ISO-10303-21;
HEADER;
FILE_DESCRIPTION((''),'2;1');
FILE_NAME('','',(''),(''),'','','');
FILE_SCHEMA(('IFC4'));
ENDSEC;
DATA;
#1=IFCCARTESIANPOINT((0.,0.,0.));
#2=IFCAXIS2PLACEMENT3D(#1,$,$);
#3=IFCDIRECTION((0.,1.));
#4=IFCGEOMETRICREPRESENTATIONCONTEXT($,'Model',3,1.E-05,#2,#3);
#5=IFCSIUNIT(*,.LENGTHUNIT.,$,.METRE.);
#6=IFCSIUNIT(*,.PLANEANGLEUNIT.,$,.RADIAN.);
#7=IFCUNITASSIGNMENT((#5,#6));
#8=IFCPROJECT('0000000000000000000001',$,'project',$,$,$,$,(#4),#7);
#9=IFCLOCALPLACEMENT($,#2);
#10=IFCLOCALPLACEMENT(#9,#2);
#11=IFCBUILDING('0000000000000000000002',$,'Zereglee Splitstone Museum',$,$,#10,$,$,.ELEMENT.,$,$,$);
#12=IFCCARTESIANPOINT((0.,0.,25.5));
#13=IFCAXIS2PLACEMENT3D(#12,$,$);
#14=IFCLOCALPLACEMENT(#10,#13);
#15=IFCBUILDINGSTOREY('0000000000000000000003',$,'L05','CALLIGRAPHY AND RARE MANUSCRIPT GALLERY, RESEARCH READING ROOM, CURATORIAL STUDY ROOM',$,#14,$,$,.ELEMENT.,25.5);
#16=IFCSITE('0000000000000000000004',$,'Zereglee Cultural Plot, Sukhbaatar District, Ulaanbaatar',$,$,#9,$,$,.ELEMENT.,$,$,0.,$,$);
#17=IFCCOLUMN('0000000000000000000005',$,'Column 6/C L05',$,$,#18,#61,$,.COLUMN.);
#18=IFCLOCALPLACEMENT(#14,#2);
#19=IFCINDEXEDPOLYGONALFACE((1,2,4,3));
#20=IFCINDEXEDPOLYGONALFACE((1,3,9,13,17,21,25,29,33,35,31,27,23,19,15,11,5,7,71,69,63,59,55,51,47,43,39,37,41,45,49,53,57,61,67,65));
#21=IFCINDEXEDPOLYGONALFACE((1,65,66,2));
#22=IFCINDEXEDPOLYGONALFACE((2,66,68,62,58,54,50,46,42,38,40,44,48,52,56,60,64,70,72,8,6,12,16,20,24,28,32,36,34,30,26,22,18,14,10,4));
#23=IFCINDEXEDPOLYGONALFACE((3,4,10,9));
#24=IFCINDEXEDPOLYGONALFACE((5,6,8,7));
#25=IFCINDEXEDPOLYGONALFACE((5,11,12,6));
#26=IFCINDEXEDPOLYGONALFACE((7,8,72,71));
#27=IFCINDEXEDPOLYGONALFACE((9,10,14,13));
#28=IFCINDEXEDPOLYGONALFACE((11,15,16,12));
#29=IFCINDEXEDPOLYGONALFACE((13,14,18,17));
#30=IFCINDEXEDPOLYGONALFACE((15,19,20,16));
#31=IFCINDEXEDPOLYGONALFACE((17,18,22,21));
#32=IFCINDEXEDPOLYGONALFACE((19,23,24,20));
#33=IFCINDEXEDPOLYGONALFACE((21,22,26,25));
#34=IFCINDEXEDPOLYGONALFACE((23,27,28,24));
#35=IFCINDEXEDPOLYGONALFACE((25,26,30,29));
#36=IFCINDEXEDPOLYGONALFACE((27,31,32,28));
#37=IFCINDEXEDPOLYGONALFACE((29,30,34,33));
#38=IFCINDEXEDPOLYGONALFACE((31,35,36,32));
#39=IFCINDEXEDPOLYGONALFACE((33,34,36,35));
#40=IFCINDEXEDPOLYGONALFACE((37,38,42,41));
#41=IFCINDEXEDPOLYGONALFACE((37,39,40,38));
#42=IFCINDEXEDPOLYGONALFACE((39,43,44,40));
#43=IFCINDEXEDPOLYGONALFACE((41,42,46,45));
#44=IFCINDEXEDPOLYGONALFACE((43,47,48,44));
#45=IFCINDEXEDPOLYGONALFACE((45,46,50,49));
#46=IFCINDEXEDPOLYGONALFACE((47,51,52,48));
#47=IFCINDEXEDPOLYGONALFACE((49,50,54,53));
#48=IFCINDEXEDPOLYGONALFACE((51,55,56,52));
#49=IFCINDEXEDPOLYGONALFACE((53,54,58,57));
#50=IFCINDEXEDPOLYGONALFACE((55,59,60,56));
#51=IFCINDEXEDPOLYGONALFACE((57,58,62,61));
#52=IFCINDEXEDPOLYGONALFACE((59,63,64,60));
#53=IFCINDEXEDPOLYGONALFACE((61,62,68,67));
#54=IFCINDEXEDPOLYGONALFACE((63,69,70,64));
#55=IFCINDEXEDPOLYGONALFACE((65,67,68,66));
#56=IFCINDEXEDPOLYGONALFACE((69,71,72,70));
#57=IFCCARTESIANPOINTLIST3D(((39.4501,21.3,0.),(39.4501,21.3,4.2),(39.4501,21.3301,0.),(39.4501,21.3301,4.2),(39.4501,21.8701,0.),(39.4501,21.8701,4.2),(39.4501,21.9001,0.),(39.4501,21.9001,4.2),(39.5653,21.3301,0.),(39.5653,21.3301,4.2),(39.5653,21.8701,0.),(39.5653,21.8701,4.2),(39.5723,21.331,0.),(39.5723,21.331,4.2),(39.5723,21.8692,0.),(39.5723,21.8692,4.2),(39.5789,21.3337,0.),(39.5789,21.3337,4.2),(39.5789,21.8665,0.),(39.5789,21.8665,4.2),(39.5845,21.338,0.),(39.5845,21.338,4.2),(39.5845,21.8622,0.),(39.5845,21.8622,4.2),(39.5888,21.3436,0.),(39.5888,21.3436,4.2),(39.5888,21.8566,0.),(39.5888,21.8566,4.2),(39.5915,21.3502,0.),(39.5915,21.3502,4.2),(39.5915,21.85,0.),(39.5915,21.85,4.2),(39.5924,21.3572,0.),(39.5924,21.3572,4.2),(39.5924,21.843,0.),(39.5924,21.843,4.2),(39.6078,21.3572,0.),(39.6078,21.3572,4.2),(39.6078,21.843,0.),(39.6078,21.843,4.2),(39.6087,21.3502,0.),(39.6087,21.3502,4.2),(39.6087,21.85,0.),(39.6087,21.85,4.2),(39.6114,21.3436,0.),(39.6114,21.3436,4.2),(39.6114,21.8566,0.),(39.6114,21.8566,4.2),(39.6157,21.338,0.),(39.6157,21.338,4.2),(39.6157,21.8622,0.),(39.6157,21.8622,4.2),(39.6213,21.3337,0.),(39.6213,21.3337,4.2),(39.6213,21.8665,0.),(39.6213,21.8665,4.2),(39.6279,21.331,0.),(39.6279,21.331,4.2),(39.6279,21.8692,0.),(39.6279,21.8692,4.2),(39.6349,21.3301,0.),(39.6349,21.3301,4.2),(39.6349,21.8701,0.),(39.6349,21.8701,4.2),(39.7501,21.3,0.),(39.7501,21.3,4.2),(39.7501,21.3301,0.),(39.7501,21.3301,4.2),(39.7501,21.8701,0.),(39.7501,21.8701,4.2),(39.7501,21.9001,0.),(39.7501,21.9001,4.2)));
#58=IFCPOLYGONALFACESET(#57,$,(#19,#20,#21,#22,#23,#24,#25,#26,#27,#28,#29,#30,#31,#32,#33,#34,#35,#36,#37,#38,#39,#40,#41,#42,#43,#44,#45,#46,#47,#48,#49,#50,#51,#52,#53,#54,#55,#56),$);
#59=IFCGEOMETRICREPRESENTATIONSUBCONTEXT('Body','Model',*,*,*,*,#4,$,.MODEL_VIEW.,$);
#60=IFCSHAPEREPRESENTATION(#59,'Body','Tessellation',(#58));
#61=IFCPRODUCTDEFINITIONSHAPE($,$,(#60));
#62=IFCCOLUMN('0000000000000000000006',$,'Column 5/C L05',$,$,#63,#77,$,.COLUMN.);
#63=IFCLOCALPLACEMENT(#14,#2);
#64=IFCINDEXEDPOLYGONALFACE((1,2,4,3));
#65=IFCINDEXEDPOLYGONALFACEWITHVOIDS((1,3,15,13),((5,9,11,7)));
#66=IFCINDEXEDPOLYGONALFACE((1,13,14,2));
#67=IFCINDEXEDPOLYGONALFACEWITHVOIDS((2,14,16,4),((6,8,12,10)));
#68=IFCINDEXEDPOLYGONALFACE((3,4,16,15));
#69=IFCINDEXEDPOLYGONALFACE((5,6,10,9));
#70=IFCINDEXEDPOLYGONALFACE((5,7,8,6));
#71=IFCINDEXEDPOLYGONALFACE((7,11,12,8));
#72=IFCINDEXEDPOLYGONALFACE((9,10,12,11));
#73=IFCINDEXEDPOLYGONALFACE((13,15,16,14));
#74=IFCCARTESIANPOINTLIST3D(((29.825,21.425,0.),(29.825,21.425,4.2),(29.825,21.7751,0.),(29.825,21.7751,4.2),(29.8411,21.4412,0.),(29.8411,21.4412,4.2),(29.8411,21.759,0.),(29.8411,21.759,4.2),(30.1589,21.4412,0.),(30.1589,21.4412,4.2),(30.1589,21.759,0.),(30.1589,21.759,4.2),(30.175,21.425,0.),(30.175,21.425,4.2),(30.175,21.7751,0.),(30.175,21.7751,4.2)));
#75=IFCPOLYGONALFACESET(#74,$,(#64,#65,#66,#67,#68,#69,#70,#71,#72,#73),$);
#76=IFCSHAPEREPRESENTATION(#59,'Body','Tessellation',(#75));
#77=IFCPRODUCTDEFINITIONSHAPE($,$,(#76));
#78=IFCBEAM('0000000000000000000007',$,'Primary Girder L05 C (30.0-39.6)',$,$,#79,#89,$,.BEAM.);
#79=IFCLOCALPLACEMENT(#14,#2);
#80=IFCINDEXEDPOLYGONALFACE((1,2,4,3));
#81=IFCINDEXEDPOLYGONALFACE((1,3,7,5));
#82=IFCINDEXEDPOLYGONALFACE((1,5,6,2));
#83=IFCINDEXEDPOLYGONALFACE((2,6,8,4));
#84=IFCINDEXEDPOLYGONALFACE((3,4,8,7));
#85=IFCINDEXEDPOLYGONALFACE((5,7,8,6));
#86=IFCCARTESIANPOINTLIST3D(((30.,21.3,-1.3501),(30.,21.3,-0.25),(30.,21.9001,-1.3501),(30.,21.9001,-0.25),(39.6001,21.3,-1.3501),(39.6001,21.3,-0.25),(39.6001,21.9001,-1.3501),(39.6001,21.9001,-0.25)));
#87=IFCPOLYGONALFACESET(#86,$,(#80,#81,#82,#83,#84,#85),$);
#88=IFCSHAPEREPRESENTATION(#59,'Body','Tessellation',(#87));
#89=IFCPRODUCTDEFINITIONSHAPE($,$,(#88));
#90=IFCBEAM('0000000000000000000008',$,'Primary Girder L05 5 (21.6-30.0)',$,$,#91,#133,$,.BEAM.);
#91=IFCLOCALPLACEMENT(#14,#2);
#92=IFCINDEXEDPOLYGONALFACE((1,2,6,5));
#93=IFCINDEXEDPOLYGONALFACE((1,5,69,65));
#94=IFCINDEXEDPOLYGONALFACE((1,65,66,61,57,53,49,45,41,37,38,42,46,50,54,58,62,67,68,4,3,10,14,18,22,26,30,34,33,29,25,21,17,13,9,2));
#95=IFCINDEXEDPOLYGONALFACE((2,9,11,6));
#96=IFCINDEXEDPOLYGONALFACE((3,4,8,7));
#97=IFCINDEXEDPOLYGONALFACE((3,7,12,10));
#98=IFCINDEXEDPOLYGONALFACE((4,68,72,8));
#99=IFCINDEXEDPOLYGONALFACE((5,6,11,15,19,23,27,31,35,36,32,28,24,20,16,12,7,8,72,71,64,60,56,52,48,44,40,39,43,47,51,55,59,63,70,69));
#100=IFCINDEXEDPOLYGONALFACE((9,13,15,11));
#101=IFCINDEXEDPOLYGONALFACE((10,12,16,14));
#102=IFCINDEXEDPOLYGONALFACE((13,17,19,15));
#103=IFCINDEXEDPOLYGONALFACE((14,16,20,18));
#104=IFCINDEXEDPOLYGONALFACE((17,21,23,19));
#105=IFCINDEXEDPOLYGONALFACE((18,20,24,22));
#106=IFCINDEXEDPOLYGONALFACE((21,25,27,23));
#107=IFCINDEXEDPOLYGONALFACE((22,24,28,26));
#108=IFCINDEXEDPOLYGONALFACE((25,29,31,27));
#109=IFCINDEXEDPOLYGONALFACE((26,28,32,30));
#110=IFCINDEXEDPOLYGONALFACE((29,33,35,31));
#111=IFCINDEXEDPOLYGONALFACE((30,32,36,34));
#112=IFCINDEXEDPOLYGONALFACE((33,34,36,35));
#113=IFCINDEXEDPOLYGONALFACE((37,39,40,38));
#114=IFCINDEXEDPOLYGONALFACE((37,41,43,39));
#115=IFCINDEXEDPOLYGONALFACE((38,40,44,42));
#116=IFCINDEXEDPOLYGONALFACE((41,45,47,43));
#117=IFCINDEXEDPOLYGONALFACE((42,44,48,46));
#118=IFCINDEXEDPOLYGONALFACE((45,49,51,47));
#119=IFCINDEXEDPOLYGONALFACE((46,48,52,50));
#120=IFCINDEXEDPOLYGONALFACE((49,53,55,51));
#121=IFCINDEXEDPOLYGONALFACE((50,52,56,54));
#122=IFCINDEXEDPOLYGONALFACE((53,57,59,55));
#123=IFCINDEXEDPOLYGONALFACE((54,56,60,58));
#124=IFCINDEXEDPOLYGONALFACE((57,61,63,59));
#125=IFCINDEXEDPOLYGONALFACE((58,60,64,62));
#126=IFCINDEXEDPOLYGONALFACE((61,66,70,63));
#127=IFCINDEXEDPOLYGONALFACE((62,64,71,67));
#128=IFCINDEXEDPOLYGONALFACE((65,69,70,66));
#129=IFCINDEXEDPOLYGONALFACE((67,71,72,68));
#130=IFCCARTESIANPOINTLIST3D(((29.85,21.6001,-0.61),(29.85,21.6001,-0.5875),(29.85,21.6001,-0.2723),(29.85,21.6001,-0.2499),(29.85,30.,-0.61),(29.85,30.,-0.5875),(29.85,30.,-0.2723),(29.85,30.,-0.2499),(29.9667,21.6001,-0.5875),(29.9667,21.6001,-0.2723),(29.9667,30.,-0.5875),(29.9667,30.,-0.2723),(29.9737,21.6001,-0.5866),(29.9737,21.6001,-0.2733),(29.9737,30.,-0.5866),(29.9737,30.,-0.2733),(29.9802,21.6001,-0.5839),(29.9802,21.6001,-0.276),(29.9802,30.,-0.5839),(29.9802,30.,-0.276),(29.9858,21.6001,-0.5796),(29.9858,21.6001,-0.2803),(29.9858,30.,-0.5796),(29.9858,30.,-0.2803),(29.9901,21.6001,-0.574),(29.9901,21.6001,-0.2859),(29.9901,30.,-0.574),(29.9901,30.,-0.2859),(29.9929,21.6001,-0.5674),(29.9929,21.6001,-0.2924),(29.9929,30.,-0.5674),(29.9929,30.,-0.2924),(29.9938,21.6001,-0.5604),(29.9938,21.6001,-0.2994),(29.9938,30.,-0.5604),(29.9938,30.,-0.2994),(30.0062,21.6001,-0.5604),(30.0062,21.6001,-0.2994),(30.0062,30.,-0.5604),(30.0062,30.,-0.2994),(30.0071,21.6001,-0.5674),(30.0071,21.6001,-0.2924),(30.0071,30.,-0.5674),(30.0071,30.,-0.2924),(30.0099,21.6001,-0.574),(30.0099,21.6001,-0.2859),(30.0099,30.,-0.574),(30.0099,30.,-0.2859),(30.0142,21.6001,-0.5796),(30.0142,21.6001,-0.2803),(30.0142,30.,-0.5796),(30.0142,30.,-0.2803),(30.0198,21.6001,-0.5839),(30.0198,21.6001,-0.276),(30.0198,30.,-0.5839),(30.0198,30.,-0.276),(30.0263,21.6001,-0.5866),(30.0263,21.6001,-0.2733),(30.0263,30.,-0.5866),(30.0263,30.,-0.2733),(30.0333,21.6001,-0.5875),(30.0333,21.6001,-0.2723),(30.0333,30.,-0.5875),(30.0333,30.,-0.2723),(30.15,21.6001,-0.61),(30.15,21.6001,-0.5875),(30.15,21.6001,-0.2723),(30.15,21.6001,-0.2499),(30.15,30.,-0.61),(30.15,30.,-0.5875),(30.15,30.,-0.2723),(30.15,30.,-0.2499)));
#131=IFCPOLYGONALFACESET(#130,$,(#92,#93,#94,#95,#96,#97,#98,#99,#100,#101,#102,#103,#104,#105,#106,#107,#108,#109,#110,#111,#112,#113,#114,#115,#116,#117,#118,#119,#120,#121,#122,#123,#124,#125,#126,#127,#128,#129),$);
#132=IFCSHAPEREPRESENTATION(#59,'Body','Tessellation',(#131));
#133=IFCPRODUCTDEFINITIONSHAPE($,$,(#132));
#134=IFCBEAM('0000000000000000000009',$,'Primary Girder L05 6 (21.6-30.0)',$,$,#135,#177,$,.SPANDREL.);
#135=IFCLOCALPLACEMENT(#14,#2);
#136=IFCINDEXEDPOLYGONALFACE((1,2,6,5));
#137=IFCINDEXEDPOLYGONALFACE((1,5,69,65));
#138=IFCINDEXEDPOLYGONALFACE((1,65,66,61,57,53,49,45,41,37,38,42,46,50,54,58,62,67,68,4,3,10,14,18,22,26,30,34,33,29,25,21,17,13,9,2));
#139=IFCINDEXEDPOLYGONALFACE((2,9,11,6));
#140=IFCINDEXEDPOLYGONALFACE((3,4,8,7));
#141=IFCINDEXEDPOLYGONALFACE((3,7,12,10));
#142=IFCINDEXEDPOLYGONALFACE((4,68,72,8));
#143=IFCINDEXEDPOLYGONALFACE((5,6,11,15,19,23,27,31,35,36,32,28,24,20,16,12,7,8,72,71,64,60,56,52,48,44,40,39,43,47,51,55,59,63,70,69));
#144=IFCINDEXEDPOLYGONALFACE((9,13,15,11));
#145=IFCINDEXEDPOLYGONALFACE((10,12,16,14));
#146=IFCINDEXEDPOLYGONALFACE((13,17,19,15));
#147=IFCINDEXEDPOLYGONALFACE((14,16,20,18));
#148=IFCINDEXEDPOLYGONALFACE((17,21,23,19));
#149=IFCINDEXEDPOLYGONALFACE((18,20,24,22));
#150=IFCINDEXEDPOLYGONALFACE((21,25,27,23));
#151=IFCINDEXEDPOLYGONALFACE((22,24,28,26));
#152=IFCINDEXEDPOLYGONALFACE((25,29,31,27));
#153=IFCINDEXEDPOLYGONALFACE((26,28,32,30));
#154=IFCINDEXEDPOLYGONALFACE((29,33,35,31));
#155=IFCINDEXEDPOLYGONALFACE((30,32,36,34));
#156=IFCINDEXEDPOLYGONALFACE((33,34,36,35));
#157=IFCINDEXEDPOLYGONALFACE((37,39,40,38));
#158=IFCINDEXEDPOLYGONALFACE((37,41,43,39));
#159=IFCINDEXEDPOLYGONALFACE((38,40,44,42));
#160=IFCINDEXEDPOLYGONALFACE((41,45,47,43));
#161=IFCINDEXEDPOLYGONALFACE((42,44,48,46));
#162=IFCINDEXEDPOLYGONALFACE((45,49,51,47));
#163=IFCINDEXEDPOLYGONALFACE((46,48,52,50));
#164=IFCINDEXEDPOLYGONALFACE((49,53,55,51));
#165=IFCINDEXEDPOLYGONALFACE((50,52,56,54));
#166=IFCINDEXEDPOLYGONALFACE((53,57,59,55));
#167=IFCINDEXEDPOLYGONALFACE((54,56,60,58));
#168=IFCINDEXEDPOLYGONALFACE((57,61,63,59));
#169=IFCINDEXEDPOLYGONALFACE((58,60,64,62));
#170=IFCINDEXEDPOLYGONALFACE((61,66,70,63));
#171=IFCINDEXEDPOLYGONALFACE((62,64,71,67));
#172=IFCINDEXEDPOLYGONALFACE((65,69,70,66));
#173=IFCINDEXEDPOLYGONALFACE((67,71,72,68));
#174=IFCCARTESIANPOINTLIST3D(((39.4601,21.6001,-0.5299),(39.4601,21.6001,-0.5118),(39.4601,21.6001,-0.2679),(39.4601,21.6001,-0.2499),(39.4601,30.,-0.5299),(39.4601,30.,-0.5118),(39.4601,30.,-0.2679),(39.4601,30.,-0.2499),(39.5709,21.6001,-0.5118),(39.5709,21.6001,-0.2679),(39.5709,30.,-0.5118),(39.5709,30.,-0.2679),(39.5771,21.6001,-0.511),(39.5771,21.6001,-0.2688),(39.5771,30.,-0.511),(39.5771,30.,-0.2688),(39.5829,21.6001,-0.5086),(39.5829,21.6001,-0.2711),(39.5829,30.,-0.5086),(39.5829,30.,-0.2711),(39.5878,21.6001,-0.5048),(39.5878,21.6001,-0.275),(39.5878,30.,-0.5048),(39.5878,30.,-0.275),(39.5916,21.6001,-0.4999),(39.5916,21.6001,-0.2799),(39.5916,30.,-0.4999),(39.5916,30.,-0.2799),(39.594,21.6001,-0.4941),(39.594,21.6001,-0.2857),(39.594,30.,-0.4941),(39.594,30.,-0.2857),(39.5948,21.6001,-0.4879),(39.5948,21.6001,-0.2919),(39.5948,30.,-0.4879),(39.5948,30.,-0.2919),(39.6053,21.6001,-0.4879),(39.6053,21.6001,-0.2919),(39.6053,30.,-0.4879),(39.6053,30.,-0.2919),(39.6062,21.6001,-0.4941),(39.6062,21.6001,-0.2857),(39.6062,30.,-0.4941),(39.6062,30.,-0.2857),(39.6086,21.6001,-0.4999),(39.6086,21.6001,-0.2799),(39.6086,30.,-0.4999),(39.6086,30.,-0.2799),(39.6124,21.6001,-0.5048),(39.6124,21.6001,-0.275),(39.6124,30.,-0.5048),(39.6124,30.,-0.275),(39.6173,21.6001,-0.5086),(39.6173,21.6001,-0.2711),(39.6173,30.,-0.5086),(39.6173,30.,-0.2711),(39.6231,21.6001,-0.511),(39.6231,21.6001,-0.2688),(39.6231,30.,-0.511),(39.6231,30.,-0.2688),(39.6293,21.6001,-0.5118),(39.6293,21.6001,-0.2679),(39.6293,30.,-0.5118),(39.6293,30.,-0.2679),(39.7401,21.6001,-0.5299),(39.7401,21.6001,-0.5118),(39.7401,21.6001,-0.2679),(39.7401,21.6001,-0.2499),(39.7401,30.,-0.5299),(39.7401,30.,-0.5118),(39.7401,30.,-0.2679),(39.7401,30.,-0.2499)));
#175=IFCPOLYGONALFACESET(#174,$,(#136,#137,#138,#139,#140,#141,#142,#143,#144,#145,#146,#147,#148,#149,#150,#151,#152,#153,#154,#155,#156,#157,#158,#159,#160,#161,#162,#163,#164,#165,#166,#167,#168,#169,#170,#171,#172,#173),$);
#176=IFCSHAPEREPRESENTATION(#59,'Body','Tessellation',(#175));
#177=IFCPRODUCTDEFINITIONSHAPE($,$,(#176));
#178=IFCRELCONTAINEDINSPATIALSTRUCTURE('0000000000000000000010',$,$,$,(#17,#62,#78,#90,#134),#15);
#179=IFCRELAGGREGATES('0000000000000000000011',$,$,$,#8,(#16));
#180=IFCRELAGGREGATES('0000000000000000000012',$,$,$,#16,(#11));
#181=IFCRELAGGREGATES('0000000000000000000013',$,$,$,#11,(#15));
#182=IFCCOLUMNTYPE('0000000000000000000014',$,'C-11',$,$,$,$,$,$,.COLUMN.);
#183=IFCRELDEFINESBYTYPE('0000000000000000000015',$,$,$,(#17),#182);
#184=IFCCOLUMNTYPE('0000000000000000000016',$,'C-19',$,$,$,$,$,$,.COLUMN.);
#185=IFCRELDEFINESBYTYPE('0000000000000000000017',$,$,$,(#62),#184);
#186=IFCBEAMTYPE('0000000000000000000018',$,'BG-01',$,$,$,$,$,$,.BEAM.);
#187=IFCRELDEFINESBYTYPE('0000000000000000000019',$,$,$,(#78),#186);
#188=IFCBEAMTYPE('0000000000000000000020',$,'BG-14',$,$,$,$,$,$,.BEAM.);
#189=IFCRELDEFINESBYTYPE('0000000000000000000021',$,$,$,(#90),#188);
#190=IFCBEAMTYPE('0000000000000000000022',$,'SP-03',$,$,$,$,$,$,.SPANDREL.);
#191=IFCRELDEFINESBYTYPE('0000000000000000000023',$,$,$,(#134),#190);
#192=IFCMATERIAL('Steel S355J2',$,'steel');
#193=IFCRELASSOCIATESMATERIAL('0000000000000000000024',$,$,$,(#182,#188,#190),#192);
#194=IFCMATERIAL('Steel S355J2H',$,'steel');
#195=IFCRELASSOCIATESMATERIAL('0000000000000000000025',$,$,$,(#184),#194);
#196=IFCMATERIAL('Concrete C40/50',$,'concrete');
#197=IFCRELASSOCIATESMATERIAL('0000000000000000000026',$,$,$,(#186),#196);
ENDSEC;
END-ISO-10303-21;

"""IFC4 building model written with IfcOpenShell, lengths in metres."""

from ifc_helpers import new_model, si_unit, direction, frame, origin, origin_2d, place, context, subcontext, project, spatial, rectangle, hollow_rectangle, i_section, extrude, material, material_profile, profile_set, type_object, element, save


model = new_model("IFC4")

# Units and contexts
model_context = context("Model", 3, precision=1e-05, world=origin(), true_north=direction((0.0, 1.0)))
body_context = subcontext(model_context, "Body", "Model", "MODEL_VIEW")
ifc_project = project(units=[si_unit("LENGTHUNIT", "METRE"), si_unit("PLANEANGLEUNIT", "RADIAN")], contexts=[model_context])

# Site, building, storey
site_placement = place(None, origin())
site = spatial("IfcSite", under=ifc_project, at=site_placement, Name="Zereglee Cultural Plot, Sukhbaatar District, Ulaanbaatar", CompositionType="ELEMENT", RefElevation=0.0)
building_placement = place(site_placement, origin())
building = spatial("IfcBuilding", under=site, at=building_placement, Name="Zereglee Splitstone Museum", CompositionType="ELEMENT")
storey_placement = place(building_placement, frame((0.0, 0.0, 25.5)))
storey = spatial("IfcBuildingStorey", under=building, at=storey_placement, Name="L05", Description="CALLIGRAPHY AND RARE MANUSCRIPT GALLERY, RESEARCH READING ROOM, CURATORIAL STUDY ROOM", CompositionType="ELEMENT", Elevation=25.5)

# Columns
ifc_material_1 = material(Name="Steel S355J2", Category="steel")
ifc_material_profile_1 = material_profile(ifc_material_1, i_section(OverallWidth=0.3, OverallDepth=0.6001, WebThickness=0.0154, FlangeThickness=0.03, FilletRadius=0.0271, at=origin_2d()), Name="HE 600 B")
ifc_profile_set_1 = profile_set([ifc_material_profile_1], Name="Steel S355J2")
column_type_1 = type_object("IfcColumnType", Name="C-11", PredefinedType="COLUMN", material=ifc_profile_set_1)
column_1_placement = place(storey_placement, frame((39.6001, 21.6001, 0.0), z_axis=(0.0, 0.0, 1.0), x_axis=(1.0, 0.0, 0.0)))
element("IfcColumn", 1, at=column_1_placement, inside=storey, type_object=column_type_1, Name="Column 6/C L05", PredefinedType="COLUMN", context=body_context, shape_type="SweptSolid", body=[
    extrude(i_section(OverallWidth=0.3, OverallDepth=0.6001, WebThickness=0.0154, FlangeThickness=0.03, FilletRadius=0.0271, at=origin_2d()), origin(), (0.0, 0.0, 1.0), 4.2),
])
ifc_material_2 = material(Name="Steel S355J2H", Category="steel")
ifc_material_profile_2 = material_profile(ifc_material_2, hollow_rectangle(XDim=0.3501, YDim=0.3501, WallThickness=0.0161, at=origin_2d()), Name="SHS 350x350x16")
ifc_profile_set_2 = profile_set([ifc_material_profile_2], Name="Steel S355J2H")
column_type_2 = type_object("IfcColumnType", Name="C-19", PredefinedType="COLUMN", material=ifc_profile_set_2)
column_2_placement = place(storey_placement, frame((30.0, 21.6001, 0.0), z_axis=(0.0, 0.0, 1.0), x_axis=(1.0, 0.0, 0.0)))
element("IfcColumn", 2, at=column_2_placement, inside=storey, type_object=column_type_2, Name="Column 5/C L05", PredefinedType="COLUMN", context=body_context, shape_type="SweptSolid", body=[
    extrude(hollow_rectangle(XDim=0.3501, YDim=0.3501, WallThickness=0.0161, at=origin_2d()), origin(), (0.0, 0.0, 1.0), 4.2),
])

# Beams
ifc_material_3 = material(Name="Concrete C40/50", Category="concrete")
ifc_material_profile_3 = material_profile(ifc_material_3, rectangle(XDim=0.6001, YDim=1.1001, at=origin_2d()), Name="RC 600x1100")
ifc_profile_set_3 = profile_set([ifc_material_profile_3], Name="Concrete C40/50")
beam_type_1 = type_object("IfcBeamType", Name="BG-01", PredefinedType="BEAM", material=ifc_profile_set_3)
beam_1_placement = place(storey_placement, frame((30.0, 21.6001, -0.8), z_axis=(1.0, 0.0, 0.0), x_axis=(0.0, 1.0, 0.0)))
element("IfcBeam", 3, at=beam_1_placement, inside=storey, type_object=beam_type_1, Name="Primary Girder L05 C (30.0-39.6)", PredefinedType="BEAM", context=body_context, shape_type="SweptSolid", body=[
    extrude(rectangle(XDim=0.6001, YDim=1.1001, at=origin_2d()), origin(), (0.0, 0.0, 1.0), 9.6001),
])
ifc_material_profile_4 = material_profile(ifc_material_1, i_section(OverallWidth=0.3, OverallDepth=0.3601, WebThickness=0.0125, FlangeThickness=0.0225, FilletRadius=0.0271, at=origin_2d()), Name="HE 360 B")
ifc_profile_set_4 = profile_set([ifc_material_profile_4], Name="Steel S355J2")
beam_type_2 = type_object("IfcBeamType", Name="BG-14", PredefinedType="BEAM", material=ifc_profile_set_4)
beam_2_placement = place(storey_placement, frame((30.0, 21.6001, -0.4299), z_axis=(0.0, 1.0, 0.0), x_axis=(-1.0, 0.0, 0.0)))
element("IfcBeam", 4, at=beam_2_placement, inside=storey, type_object=beam_type_2, Name="Primary Girder L05 5 (21.6-30.0)", PredefinedType="BEAM", context=body_context, shape_type="SweptSolid", body=[
    extrude(i_section(OverallWidth=0.3, OverallDepth=0.3601, WebThickness=0.0125, FlangeThickness=0.0225, FilletRadius=0.0271, at=origin_2d()), origin(), (0.0, 0.0, 1.0), 8.3999),
])
ifc_material_profile_5 = material_profile(ifc_material_1, i_section(OverallWidth=0.28, OverallDepth=0.28, WebThickness=0.0105, FlangeThickness=0.0181, FilletRadius=0.0239, at=origin_2d()), Name="HE 280 B")
ifc_profile_set_5 = profile_set([ifc_material_profile_5], Name="Steel S355J2")
beam_type_3 = type_object("IfcBeamType", Name="SP-03", PredefinedType="SPANDREL", material=ifc_profile_set_5)
beam_3_placement = place(storey_placement, frame((39.6001, 21.6001, -0.3899), z_axis=(0.0, 1.0, 0.0), x_axis=(-1.0, 0.0, 0.0)))
element("IfcBeam", 5, at=beam_3_placement, inside=storey, type_object=beam_type_3, Name="Primary Girder L05 6 (21.6-30.0)", PredefinedType="SPANDREL", context=body_context, shape_type="SweptSolid", body=[
    extrude(i_section(OverallWidth=0.28, OverallDepth=0.28, WebThickness=0.0105, FlangeThickness=0.0181, FilletRadius=0.0239, at=origin_2d()), origin(), (0.0, 0.0, 1.0), 8.3999),
])

save(model, "model.ifc")
